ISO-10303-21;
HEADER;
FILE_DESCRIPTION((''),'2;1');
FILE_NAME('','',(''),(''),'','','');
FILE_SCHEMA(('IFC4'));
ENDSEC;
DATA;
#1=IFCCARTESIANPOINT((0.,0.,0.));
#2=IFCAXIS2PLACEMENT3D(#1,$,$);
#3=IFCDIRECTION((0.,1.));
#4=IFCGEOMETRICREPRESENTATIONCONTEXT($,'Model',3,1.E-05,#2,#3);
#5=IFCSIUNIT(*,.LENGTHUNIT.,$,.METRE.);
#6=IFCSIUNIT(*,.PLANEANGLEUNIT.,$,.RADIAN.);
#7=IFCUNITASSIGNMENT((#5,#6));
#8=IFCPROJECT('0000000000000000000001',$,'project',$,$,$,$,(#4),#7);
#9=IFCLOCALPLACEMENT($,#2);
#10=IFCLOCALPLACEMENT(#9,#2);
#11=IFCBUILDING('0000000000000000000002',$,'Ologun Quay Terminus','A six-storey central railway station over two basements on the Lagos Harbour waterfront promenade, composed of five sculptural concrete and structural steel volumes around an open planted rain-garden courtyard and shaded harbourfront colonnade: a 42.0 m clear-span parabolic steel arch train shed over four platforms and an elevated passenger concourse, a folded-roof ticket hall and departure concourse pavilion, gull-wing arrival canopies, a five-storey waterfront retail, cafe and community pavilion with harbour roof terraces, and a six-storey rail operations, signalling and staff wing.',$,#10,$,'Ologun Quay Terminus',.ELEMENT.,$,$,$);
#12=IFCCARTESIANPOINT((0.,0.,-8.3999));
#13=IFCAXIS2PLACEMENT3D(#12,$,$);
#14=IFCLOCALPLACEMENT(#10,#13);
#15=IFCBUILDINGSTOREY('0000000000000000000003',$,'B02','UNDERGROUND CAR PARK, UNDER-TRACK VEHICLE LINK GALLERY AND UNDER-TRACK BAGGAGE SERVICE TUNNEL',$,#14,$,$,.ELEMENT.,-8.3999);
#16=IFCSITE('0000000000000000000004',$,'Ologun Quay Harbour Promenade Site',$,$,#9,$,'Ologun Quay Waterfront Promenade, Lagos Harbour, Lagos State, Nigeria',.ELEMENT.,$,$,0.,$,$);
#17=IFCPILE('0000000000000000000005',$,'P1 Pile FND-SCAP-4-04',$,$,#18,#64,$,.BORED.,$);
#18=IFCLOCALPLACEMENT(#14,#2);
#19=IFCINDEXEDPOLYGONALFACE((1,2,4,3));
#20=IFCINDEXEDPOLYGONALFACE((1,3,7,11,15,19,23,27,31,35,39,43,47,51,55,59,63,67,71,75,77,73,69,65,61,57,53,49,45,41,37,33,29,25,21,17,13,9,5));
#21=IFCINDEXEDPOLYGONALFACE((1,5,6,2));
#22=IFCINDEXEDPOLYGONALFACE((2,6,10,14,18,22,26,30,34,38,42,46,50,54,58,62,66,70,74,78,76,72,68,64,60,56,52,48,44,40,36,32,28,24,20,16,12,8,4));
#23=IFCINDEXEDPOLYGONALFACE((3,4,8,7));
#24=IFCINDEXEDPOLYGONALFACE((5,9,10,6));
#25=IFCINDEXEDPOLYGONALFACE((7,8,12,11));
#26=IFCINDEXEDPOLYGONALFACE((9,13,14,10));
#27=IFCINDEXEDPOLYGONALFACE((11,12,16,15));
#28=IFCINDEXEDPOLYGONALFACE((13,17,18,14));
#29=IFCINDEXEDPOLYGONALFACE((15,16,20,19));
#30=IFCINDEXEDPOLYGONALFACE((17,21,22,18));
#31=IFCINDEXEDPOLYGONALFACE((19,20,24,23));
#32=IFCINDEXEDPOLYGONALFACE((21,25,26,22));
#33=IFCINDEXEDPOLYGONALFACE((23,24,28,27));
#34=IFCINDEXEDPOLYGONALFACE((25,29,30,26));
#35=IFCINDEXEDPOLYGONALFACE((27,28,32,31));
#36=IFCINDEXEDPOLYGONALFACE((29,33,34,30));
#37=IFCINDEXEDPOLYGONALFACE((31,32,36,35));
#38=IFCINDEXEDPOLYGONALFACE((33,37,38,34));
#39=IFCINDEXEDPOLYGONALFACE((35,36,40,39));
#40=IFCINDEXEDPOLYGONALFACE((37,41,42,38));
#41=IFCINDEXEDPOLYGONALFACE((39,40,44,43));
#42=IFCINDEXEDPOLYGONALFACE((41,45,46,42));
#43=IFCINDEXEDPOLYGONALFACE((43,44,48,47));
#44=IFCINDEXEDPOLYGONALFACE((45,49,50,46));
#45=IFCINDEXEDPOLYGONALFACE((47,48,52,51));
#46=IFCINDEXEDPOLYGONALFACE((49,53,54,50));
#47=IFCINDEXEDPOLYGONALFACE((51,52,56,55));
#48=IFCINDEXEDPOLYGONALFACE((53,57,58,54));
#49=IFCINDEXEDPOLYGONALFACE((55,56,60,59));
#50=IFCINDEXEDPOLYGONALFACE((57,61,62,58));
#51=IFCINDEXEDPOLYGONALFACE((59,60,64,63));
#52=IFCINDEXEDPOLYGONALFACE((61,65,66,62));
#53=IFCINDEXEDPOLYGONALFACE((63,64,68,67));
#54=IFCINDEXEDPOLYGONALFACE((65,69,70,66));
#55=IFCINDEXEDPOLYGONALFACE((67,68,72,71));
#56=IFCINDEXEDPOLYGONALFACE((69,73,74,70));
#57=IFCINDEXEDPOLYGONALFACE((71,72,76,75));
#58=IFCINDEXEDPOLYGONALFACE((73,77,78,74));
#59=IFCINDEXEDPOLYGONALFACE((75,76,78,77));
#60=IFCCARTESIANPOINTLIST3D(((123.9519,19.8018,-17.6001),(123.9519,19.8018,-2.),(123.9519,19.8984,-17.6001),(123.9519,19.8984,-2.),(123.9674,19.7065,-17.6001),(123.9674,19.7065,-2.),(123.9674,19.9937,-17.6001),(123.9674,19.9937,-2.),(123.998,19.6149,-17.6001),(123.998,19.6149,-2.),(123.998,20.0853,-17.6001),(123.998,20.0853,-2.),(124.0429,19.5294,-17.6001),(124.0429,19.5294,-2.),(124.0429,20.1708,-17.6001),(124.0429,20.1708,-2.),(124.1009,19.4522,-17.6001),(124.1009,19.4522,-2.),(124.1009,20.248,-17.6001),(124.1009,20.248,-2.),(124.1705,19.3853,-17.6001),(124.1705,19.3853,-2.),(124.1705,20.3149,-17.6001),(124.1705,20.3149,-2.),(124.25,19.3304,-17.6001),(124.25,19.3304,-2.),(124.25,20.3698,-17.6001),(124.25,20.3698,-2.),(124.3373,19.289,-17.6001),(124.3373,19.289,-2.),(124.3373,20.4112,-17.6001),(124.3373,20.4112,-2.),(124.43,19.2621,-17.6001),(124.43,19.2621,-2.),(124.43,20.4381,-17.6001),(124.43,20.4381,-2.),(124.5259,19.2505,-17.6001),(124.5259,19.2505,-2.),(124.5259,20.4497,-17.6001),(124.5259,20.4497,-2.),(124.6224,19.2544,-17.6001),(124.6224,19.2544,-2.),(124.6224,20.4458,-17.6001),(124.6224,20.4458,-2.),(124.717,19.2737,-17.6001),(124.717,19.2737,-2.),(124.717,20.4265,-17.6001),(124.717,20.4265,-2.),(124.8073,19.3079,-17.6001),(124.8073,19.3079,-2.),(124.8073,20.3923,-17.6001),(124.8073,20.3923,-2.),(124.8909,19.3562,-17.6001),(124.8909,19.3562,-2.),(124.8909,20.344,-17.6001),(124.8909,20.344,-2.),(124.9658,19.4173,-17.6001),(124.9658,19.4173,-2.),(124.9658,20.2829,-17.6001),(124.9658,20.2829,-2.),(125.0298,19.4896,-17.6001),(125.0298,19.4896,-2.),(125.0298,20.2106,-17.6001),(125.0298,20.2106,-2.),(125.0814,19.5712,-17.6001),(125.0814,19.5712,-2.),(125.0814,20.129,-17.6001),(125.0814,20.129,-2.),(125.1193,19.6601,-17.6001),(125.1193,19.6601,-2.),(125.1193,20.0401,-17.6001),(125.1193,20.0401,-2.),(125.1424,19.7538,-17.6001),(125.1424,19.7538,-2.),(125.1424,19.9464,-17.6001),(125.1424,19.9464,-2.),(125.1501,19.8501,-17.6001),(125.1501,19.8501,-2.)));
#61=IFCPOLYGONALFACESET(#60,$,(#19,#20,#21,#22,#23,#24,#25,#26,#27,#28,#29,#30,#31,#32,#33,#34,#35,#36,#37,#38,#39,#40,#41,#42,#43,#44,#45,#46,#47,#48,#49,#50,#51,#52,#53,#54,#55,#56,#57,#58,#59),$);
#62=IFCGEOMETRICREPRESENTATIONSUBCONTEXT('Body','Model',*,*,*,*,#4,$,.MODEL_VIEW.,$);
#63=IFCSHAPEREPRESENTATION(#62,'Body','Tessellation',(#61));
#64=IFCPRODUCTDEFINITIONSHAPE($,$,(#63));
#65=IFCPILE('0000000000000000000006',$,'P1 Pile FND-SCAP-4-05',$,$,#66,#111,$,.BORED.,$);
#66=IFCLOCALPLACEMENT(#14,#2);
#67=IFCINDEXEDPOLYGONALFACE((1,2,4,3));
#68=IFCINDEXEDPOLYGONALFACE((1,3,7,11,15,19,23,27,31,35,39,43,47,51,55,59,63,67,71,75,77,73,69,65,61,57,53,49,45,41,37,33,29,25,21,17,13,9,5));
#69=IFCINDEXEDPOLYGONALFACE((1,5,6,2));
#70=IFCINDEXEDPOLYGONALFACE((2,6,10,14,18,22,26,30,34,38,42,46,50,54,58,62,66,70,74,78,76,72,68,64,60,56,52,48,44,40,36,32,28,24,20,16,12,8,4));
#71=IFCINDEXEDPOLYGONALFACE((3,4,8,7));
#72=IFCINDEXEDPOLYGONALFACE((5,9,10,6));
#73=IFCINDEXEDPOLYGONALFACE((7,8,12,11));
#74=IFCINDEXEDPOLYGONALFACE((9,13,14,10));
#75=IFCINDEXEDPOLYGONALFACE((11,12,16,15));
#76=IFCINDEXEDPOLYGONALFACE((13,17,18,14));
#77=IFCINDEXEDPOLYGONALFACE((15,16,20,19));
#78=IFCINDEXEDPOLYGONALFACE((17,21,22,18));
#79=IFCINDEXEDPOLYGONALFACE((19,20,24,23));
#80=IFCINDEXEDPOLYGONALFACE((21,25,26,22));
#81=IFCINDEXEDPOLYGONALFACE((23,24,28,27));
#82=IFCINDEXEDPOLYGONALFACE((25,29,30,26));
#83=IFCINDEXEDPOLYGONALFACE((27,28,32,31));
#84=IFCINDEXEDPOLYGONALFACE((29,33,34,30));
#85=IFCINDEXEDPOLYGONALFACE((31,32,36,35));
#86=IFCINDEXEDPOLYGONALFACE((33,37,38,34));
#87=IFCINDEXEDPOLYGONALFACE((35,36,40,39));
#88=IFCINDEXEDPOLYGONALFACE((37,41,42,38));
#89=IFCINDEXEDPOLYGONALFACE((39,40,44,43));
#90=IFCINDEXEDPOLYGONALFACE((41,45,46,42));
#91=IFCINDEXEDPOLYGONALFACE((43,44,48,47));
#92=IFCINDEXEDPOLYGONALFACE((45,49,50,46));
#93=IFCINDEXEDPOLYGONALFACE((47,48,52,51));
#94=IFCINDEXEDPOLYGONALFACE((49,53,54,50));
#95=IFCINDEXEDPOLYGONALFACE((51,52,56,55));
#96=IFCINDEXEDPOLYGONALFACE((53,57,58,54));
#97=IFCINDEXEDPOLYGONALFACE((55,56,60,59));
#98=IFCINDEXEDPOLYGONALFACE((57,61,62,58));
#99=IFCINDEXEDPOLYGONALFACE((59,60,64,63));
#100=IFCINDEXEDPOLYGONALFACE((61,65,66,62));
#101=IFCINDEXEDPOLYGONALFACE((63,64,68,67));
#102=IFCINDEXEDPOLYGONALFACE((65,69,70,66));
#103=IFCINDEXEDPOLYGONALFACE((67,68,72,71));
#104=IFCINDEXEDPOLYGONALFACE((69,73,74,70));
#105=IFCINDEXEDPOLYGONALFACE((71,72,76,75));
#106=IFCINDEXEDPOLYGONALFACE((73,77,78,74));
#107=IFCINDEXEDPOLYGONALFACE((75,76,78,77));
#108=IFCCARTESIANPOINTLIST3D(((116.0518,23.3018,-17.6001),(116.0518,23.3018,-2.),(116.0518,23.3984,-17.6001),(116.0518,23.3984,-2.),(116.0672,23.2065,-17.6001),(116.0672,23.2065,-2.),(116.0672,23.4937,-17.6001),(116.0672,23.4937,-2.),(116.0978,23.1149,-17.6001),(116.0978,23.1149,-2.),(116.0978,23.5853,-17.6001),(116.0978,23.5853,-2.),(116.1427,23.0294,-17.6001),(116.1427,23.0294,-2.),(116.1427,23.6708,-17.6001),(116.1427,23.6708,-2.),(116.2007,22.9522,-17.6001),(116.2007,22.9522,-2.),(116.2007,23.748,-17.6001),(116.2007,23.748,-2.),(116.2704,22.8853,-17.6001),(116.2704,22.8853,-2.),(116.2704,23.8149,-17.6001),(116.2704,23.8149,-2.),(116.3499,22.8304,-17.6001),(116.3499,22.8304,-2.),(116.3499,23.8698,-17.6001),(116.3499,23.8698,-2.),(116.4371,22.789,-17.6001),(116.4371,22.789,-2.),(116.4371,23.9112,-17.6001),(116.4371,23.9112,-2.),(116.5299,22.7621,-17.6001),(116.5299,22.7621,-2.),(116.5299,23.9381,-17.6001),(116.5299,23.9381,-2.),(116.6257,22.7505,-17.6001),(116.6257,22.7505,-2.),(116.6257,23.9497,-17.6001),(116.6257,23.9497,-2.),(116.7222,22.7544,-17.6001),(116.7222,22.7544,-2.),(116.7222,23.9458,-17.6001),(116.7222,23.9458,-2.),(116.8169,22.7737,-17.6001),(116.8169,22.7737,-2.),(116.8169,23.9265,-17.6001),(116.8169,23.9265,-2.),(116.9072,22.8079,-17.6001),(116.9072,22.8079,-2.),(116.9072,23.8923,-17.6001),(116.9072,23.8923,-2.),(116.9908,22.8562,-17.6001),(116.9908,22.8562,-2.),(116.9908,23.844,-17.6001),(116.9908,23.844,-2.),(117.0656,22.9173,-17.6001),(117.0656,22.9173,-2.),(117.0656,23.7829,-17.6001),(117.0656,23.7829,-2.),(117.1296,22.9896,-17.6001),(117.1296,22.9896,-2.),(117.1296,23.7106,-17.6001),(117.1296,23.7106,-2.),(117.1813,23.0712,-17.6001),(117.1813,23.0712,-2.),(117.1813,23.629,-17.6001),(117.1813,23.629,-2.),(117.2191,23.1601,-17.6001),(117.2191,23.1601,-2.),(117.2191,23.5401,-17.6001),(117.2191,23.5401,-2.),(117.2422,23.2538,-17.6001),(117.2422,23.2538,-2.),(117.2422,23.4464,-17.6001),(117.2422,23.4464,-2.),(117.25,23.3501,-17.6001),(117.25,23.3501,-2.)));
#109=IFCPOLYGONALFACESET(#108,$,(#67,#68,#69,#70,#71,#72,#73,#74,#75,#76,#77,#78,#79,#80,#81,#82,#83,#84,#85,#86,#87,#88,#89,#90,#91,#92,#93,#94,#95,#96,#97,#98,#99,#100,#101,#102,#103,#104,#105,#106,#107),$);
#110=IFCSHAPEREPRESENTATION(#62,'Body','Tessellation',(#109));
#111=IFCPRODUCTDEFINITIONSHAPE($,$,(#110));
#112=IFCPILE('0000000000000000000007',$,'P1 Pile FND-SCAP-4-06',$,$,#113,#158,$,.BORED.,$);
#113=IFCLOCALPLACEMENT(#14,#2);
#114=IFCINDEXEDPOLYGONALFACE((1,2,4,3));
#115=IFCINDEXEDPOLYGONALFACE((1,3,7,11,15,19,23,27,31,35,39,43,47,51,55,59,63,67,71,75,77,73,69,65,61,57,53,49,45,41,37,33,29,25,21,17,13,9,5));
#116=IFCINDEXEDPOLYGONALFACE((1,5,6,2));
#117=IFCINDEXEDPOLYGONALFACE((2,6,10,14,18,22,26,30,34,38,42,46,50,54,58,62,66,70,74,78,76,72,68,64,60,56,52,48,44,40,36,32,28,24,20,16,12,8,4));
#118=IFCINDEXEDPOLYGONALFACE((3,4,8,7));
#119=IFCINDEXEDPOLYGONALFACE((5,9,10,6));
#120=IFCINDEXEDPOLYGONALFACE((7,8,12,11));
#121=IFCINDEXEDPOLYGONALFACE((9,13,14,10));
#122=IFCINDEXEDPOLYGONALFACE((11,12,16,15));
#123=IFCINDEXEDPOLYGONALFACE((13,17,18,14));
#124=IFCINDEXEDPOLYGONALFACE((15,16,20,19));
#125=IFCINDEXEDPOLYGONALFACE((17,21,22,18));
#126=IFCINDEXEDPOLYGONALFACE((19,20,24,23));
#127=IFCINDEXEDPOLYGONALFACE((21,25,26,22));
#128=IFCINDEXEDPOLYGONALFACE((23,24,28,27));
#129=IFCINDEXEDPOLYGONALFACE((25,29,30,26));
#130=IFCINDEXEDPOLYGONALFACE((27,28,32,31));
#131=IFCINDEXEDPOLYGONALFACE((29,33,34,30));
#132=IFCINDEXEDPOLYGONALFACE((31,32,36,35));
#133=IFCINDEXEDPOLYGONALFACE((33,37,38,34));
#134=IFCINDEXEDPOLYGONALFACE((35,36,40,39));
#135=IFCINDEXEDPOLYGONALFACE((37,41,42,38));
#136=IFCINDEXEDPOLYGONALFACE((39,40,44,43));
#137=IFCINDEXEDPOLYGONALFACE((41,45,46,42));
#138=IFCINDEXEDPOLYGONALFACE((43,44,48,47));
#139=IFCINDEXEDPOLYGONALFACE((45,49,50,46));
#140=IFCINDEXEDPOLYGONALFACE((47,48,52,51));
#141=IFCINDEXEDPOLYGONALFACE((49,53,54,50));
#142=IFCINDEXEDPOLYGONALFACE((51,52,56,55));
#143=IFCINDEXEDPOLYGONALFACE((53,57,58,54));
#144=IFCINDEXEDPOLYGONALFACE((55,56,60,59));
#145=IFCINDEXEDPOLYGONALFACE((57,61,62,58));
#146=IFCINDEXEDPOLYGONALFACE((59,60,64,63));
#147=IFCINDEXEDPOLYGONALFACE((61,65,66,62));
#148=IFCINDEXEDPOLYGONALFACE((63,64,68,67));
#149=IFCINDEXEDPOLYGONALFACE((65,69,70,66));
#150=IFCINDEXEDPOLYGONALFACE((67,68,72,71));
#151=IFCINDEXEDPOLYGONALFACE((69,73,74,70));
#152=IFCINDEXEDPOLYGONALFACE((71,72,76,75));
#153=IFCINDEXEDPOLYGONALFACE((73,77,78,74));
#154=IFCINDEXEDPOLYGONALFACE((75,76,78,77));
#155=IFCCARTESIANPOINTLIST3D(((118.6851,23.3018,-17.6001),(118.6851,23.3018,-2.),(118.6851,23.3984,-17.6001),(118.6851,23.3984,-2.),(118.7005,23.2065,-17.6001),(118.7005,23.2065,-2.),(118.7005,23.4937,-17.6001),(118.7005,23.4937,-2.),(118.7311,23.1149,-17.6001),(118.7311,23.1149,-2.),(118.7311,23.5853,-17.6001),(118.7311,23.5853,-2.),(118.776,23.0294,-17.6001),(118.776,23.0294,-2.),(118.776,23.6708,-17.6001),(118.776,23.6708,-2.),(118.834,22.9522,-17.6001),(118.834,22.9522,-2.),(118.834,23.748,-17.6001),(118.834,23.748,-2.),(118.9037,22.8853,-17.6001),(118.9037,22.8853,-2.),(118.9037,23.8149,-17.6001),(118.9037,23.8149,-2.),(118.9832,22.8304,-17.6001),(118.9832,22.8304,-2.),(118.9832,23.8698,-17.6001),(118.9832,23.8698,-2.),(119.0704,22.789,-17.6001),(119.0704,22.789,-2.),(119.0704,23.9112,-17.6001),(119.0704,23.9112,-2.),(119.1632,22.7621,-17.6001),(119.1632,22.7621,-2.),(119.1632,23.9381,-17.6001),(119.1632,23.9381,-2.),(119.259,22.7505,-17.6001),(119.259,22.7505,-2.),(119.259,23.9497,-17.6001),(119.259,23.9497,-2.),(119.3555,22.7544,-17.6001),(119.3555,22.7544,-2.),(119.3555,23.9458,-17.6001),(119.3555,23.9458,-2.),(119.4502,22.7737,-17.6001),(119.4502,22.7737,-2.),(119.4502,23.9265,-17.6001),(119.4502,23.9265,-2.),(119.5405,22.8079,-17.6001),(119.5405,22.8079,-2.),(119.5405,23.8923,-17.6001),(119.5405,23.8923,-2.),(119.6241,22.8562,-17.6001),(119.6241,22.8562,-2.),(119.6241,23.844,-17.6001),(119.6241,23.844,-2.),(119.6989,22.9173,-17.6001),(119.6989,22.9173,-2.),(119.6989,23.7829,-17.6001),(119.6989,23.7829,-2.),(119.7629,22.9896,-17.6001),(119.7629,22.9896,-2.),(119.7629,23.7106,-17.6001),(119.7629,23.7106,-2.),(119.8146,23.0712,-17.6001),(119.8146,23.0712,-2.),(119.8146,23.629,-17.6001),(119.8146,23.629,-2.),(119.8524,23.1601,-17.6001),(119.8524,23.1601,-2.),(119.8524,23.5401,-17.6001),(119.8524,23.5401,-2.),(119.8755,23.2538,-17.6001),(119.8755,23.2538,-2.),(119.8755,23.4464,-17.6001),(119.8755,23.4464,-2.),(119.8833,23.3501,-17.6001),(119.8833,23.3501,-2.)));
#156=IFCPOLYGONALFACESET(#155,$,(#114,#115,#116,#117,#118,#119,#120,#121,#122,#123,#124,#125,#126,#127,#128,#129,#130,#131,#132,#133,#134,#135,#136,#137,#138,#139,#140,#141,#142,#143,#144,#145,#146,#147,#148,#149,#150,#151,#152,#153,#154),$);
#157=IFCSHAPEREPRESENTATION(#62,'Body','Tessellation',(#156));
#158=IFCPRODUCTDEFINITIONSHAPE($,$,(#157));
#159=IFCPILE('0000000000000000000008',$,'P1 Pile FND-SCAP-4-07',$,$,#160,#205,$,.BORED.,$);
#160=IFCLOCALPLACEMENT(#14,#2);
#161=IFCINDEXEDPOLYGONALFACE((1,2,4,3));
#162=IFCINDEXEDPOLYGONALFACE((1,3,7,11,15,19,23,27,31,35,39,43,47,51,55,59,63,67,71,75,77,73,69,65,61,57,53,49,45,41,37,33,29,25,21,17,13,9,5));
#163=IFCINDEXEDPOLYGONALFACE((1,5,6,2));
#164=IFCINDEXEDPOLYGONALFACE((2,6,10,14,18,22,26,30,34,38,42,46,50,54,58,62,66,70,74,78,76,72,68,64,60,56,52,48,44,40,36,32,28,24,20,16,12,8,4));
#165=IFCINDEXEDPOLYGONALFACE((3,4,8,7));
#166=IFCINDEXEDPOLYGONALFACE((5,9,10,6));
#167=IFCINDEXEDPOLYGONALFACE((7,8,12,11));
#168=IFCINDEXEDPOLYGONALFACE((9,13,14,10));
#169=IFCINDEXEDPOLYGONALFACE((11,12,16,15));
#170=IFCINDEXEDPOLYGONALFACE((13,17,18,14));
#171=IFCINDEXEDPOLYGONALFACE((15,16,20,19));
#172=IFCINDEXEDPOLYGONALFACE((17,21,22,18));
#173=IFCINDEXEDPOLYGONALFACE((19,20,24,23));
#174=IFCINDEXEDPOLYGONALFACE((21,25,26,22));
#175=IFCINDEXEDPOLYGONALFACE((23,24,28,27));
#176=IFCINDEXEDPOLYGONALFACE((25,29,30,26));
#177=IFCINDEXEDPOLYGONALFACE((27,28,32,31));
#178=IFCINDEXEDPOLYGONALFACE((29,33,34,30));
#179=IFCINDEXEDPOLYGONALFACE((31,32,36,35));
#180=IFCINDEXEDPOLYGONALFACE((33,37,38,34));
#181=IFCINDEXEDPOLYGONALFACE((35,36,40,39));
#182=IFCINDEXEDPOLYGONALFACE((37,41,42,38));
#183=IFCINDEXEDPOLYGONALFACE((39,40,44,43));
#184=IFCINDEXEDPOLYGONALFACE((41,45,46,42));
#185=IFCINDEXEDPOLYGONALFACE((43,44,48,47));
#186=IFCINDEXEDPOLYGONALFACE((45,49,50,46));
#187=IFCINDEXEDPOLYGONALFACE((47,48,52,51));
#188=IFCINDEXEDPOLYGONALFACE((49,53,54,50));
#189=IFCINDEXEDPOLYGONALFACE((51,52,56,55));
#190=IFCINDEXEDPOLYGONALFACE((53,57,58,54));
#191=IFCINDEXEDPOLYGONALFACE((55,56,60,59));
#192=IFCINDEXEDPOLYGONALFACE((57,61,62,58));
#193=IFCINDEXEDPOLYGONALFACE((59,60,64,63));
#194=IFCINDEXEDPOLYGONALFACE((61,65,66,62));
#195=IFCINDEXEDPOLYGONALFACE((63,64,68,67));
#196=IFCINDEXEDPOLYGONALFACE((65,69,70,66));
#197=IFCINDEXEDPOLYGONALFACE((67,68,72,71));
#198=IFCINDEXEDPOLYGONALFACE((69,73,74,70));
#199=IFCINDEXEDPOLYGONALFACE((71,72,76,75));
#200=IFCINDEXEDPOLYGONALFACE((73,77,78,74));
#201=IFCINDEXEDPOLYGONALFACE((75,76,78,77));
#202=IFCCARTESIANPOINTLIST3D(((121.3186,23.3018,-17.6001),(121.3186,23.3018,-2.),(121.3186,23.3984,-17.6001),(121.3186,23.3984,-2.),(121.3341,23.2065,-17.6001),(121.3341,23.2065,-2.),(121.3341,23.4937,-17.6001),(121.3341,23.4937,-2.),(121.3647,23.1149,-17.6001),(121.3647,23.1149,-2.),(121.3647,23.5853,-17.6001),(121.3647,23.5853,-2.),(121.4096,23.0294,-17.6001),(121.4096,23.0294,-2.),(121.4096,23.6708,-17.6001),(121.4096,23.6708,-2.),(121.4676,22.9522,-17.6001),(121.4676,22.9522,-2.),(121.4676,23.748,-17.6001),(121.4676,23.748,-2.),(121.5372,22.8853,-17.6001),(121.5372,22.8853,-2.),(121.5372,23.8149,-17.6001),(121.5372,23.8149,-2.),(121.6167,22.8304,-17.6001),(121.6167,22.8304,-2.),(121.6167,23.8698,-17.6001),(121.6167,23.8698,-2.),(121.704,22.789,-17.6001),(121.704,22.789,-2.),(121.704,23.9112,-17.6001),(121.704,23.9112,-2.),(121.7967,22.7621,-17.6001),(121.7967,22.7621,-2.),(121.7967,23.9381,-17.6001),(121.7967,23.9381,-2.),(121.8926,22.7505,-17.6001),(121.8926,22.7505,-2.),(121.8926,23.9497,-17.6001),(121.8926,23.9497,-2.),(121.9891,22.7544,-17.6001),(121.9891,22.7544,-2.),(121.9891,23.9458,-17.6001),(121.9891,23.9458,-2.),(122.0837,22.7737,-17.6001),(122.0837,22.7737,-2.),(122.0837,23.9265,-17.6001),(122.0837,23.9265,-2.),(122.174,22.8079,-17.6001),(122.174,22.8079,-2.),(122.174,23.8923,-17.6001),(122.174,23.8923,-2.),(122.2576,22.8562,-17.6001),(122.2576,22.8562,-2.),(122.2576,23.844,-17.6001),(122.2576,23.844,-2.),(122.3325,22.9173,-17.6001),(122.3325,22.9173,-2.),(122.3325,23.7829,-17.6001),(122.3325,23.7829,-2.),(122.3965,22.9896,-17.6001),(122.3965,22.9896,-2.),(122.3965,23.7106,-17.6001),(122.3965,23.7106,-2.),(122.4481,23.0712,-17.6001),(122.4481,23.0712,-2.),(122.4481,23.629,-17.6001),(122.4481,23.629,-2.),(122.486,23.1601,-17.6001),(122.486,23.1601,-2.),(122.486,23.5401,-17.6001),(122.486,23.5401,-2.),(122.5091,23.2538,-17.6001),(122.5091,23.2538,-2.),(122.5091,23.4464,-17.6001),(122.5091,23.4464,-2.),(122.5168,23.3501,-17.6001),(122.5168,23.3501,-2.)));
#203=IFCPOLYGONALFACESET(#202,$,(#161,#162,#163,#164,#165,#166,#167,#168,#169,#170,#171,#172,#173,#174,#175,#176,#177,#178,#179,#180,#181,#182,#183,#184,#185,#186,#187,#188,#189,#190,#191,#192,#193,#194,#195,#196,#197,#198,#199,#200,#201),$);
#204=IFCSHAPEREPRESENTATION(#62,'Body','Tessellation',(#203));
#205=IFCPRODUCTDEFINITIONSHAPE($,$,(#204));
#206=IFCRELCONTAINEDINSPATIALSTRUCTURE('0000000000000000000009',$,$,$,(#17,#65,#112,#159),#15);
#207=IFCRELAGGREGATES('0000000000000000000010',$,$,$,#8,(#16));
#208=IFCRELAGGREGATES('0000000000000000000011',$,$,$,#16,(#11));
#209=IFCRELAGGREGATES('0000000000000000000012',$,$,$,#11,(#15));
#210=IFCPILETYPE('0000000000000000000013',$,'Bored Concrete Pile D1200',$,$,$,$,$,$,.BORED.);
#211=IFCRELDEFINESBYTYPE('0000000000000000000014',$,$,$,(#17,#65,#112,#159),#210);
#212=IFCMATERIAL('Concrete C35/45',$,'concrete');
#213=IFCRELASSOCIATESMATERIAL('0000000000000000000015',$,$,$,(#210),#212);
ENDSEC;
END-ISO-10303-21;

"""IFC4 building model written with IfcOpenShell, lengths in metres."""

from ifc_helpers import new_model, si_unit, direction, frame, origin, origin_2d, place, context, subcontext, project, spatial, circle, extrude, material, material_profile, profile_set, type_object, element, save


model = new_model("IFC4")

# Units and contexts
model_context = context("Model", 3, precision=1e-05, world=origin(), true_north=direction((0.0, 1.0)))
body_context = subcontext(model_context, "Body", "Model", "MODEL_VIEW")
ifc_project = project(units=[si_unit("LENGTHUNIT", "METRE"), si_unit("PLANEANGLEUNIT", "RADIAN")], contexts=[model_context])

# Site, building, storey
site_placement = place(None, origin())
site = spatial("IfcSite", under=ifc_project, at=site_placement, Name="Ologun Quay Harbour Promenade Site", LongName="Ologun Quay Waterfront Promenade, Lagos Harbour, Lagos State, Nigeria", CompositionType="ELEMENT", RefElevation=0.0)
building_placement = place(site_placement, origin())
building = spatial("IfcBuilding", under=site, at=building_placement, Name="Ologun Quay Terminus", Description="A six-storey central railway station over two basements on the Lagos Harbour waterfront promenade, composed of five sculptural concrete and structural steel volumes around an open planted rain-garden courtyard and shaded harbourfront colonnade: a 42.0 m clear-span parabolic steel arch train shed over four platforms and an elevated passenger concourse, a folded-roof ticket hall and departure concourse pavilion, gull-wing arrival canopies, a five-storey waterfront retail, cafe and community pavilion with harbour roof terraces, and a six-storey rail operations, signalling and staff wing.", LongName="Ologun Quay Terminus", CompositionType="ELEMENT")
storey_placement = place(building_placement, frame((0.0, 0.0, -8.3999)))
storey = spatial("IfcBuildingStorey", under=building, at=storey_placement, Name="B02", Description="UNDERGROUND CAR PARK, UNDER-TRACK VEHICLE LINK GALLERY AND UNDER-TRACK BAGGAGE SERVICE TUNNEL", CompositionType="ELEMENT", Elevation=-8.3999)

# Piles
ifc_material_1 = material(Name="Concrete C35/45", Category="concrete")
ifc_material_profile_1 = material_profile(ifc_material_1, circle(Radius=0.6001, at=origin_2d()), Name="PILE D1200")
ifc_profile_set_1 = profile_set([ifc_material_profile_1], Name="Concrete C35/45")
pile_type_1 = type_object("IfcPileType", Name="Bored Concrete Pile D1200", PredefinedType="BORED", material=ifc_profile_set_1)
for number, where, z_axis, x_axis, name in (
    (1, (124.55, 19.8501, -2.0), (0.0, 0.0, -1.0), (1.0, 0.0, 0.0), "P1 Pile FND-SCAP-4-04"),
    (2, (116.6499, 23.3501, -2.0), (0.0, 0.0, -1.0), (1.0, 0.0, 0.0), "P1 Pile FND-SCAP-4-05"),
    (3, (119.2832, 23.3501, -2.0), (0.0, 0.0, -1.0), (1.0, 0.0, 0.0), "P1 Pile FND-SCAP-4-06"),
    (4, (121.9167, 23.3501, -2.0), (0.0, 0.0, -1.0), (1.0, 0.0, 0.0), "P1 Pile FND-SCAP-4-07"),
):
    element("IfcPile", number, at=place(storey_placement, frame(where, z_axis=z_axis, x_axis=x_axis)), inside=storey, type_object=pile_type_1, Name=name, PredefinedType="BORED", context=body_context, shape_type="SweptSolid", body=[
        extrude(circle(Radius=0.6001, at=origin_2d()), origin(), (0.0, 0.0, 1.0), 15.6001),
    ])

save(model, "model.ifc")
